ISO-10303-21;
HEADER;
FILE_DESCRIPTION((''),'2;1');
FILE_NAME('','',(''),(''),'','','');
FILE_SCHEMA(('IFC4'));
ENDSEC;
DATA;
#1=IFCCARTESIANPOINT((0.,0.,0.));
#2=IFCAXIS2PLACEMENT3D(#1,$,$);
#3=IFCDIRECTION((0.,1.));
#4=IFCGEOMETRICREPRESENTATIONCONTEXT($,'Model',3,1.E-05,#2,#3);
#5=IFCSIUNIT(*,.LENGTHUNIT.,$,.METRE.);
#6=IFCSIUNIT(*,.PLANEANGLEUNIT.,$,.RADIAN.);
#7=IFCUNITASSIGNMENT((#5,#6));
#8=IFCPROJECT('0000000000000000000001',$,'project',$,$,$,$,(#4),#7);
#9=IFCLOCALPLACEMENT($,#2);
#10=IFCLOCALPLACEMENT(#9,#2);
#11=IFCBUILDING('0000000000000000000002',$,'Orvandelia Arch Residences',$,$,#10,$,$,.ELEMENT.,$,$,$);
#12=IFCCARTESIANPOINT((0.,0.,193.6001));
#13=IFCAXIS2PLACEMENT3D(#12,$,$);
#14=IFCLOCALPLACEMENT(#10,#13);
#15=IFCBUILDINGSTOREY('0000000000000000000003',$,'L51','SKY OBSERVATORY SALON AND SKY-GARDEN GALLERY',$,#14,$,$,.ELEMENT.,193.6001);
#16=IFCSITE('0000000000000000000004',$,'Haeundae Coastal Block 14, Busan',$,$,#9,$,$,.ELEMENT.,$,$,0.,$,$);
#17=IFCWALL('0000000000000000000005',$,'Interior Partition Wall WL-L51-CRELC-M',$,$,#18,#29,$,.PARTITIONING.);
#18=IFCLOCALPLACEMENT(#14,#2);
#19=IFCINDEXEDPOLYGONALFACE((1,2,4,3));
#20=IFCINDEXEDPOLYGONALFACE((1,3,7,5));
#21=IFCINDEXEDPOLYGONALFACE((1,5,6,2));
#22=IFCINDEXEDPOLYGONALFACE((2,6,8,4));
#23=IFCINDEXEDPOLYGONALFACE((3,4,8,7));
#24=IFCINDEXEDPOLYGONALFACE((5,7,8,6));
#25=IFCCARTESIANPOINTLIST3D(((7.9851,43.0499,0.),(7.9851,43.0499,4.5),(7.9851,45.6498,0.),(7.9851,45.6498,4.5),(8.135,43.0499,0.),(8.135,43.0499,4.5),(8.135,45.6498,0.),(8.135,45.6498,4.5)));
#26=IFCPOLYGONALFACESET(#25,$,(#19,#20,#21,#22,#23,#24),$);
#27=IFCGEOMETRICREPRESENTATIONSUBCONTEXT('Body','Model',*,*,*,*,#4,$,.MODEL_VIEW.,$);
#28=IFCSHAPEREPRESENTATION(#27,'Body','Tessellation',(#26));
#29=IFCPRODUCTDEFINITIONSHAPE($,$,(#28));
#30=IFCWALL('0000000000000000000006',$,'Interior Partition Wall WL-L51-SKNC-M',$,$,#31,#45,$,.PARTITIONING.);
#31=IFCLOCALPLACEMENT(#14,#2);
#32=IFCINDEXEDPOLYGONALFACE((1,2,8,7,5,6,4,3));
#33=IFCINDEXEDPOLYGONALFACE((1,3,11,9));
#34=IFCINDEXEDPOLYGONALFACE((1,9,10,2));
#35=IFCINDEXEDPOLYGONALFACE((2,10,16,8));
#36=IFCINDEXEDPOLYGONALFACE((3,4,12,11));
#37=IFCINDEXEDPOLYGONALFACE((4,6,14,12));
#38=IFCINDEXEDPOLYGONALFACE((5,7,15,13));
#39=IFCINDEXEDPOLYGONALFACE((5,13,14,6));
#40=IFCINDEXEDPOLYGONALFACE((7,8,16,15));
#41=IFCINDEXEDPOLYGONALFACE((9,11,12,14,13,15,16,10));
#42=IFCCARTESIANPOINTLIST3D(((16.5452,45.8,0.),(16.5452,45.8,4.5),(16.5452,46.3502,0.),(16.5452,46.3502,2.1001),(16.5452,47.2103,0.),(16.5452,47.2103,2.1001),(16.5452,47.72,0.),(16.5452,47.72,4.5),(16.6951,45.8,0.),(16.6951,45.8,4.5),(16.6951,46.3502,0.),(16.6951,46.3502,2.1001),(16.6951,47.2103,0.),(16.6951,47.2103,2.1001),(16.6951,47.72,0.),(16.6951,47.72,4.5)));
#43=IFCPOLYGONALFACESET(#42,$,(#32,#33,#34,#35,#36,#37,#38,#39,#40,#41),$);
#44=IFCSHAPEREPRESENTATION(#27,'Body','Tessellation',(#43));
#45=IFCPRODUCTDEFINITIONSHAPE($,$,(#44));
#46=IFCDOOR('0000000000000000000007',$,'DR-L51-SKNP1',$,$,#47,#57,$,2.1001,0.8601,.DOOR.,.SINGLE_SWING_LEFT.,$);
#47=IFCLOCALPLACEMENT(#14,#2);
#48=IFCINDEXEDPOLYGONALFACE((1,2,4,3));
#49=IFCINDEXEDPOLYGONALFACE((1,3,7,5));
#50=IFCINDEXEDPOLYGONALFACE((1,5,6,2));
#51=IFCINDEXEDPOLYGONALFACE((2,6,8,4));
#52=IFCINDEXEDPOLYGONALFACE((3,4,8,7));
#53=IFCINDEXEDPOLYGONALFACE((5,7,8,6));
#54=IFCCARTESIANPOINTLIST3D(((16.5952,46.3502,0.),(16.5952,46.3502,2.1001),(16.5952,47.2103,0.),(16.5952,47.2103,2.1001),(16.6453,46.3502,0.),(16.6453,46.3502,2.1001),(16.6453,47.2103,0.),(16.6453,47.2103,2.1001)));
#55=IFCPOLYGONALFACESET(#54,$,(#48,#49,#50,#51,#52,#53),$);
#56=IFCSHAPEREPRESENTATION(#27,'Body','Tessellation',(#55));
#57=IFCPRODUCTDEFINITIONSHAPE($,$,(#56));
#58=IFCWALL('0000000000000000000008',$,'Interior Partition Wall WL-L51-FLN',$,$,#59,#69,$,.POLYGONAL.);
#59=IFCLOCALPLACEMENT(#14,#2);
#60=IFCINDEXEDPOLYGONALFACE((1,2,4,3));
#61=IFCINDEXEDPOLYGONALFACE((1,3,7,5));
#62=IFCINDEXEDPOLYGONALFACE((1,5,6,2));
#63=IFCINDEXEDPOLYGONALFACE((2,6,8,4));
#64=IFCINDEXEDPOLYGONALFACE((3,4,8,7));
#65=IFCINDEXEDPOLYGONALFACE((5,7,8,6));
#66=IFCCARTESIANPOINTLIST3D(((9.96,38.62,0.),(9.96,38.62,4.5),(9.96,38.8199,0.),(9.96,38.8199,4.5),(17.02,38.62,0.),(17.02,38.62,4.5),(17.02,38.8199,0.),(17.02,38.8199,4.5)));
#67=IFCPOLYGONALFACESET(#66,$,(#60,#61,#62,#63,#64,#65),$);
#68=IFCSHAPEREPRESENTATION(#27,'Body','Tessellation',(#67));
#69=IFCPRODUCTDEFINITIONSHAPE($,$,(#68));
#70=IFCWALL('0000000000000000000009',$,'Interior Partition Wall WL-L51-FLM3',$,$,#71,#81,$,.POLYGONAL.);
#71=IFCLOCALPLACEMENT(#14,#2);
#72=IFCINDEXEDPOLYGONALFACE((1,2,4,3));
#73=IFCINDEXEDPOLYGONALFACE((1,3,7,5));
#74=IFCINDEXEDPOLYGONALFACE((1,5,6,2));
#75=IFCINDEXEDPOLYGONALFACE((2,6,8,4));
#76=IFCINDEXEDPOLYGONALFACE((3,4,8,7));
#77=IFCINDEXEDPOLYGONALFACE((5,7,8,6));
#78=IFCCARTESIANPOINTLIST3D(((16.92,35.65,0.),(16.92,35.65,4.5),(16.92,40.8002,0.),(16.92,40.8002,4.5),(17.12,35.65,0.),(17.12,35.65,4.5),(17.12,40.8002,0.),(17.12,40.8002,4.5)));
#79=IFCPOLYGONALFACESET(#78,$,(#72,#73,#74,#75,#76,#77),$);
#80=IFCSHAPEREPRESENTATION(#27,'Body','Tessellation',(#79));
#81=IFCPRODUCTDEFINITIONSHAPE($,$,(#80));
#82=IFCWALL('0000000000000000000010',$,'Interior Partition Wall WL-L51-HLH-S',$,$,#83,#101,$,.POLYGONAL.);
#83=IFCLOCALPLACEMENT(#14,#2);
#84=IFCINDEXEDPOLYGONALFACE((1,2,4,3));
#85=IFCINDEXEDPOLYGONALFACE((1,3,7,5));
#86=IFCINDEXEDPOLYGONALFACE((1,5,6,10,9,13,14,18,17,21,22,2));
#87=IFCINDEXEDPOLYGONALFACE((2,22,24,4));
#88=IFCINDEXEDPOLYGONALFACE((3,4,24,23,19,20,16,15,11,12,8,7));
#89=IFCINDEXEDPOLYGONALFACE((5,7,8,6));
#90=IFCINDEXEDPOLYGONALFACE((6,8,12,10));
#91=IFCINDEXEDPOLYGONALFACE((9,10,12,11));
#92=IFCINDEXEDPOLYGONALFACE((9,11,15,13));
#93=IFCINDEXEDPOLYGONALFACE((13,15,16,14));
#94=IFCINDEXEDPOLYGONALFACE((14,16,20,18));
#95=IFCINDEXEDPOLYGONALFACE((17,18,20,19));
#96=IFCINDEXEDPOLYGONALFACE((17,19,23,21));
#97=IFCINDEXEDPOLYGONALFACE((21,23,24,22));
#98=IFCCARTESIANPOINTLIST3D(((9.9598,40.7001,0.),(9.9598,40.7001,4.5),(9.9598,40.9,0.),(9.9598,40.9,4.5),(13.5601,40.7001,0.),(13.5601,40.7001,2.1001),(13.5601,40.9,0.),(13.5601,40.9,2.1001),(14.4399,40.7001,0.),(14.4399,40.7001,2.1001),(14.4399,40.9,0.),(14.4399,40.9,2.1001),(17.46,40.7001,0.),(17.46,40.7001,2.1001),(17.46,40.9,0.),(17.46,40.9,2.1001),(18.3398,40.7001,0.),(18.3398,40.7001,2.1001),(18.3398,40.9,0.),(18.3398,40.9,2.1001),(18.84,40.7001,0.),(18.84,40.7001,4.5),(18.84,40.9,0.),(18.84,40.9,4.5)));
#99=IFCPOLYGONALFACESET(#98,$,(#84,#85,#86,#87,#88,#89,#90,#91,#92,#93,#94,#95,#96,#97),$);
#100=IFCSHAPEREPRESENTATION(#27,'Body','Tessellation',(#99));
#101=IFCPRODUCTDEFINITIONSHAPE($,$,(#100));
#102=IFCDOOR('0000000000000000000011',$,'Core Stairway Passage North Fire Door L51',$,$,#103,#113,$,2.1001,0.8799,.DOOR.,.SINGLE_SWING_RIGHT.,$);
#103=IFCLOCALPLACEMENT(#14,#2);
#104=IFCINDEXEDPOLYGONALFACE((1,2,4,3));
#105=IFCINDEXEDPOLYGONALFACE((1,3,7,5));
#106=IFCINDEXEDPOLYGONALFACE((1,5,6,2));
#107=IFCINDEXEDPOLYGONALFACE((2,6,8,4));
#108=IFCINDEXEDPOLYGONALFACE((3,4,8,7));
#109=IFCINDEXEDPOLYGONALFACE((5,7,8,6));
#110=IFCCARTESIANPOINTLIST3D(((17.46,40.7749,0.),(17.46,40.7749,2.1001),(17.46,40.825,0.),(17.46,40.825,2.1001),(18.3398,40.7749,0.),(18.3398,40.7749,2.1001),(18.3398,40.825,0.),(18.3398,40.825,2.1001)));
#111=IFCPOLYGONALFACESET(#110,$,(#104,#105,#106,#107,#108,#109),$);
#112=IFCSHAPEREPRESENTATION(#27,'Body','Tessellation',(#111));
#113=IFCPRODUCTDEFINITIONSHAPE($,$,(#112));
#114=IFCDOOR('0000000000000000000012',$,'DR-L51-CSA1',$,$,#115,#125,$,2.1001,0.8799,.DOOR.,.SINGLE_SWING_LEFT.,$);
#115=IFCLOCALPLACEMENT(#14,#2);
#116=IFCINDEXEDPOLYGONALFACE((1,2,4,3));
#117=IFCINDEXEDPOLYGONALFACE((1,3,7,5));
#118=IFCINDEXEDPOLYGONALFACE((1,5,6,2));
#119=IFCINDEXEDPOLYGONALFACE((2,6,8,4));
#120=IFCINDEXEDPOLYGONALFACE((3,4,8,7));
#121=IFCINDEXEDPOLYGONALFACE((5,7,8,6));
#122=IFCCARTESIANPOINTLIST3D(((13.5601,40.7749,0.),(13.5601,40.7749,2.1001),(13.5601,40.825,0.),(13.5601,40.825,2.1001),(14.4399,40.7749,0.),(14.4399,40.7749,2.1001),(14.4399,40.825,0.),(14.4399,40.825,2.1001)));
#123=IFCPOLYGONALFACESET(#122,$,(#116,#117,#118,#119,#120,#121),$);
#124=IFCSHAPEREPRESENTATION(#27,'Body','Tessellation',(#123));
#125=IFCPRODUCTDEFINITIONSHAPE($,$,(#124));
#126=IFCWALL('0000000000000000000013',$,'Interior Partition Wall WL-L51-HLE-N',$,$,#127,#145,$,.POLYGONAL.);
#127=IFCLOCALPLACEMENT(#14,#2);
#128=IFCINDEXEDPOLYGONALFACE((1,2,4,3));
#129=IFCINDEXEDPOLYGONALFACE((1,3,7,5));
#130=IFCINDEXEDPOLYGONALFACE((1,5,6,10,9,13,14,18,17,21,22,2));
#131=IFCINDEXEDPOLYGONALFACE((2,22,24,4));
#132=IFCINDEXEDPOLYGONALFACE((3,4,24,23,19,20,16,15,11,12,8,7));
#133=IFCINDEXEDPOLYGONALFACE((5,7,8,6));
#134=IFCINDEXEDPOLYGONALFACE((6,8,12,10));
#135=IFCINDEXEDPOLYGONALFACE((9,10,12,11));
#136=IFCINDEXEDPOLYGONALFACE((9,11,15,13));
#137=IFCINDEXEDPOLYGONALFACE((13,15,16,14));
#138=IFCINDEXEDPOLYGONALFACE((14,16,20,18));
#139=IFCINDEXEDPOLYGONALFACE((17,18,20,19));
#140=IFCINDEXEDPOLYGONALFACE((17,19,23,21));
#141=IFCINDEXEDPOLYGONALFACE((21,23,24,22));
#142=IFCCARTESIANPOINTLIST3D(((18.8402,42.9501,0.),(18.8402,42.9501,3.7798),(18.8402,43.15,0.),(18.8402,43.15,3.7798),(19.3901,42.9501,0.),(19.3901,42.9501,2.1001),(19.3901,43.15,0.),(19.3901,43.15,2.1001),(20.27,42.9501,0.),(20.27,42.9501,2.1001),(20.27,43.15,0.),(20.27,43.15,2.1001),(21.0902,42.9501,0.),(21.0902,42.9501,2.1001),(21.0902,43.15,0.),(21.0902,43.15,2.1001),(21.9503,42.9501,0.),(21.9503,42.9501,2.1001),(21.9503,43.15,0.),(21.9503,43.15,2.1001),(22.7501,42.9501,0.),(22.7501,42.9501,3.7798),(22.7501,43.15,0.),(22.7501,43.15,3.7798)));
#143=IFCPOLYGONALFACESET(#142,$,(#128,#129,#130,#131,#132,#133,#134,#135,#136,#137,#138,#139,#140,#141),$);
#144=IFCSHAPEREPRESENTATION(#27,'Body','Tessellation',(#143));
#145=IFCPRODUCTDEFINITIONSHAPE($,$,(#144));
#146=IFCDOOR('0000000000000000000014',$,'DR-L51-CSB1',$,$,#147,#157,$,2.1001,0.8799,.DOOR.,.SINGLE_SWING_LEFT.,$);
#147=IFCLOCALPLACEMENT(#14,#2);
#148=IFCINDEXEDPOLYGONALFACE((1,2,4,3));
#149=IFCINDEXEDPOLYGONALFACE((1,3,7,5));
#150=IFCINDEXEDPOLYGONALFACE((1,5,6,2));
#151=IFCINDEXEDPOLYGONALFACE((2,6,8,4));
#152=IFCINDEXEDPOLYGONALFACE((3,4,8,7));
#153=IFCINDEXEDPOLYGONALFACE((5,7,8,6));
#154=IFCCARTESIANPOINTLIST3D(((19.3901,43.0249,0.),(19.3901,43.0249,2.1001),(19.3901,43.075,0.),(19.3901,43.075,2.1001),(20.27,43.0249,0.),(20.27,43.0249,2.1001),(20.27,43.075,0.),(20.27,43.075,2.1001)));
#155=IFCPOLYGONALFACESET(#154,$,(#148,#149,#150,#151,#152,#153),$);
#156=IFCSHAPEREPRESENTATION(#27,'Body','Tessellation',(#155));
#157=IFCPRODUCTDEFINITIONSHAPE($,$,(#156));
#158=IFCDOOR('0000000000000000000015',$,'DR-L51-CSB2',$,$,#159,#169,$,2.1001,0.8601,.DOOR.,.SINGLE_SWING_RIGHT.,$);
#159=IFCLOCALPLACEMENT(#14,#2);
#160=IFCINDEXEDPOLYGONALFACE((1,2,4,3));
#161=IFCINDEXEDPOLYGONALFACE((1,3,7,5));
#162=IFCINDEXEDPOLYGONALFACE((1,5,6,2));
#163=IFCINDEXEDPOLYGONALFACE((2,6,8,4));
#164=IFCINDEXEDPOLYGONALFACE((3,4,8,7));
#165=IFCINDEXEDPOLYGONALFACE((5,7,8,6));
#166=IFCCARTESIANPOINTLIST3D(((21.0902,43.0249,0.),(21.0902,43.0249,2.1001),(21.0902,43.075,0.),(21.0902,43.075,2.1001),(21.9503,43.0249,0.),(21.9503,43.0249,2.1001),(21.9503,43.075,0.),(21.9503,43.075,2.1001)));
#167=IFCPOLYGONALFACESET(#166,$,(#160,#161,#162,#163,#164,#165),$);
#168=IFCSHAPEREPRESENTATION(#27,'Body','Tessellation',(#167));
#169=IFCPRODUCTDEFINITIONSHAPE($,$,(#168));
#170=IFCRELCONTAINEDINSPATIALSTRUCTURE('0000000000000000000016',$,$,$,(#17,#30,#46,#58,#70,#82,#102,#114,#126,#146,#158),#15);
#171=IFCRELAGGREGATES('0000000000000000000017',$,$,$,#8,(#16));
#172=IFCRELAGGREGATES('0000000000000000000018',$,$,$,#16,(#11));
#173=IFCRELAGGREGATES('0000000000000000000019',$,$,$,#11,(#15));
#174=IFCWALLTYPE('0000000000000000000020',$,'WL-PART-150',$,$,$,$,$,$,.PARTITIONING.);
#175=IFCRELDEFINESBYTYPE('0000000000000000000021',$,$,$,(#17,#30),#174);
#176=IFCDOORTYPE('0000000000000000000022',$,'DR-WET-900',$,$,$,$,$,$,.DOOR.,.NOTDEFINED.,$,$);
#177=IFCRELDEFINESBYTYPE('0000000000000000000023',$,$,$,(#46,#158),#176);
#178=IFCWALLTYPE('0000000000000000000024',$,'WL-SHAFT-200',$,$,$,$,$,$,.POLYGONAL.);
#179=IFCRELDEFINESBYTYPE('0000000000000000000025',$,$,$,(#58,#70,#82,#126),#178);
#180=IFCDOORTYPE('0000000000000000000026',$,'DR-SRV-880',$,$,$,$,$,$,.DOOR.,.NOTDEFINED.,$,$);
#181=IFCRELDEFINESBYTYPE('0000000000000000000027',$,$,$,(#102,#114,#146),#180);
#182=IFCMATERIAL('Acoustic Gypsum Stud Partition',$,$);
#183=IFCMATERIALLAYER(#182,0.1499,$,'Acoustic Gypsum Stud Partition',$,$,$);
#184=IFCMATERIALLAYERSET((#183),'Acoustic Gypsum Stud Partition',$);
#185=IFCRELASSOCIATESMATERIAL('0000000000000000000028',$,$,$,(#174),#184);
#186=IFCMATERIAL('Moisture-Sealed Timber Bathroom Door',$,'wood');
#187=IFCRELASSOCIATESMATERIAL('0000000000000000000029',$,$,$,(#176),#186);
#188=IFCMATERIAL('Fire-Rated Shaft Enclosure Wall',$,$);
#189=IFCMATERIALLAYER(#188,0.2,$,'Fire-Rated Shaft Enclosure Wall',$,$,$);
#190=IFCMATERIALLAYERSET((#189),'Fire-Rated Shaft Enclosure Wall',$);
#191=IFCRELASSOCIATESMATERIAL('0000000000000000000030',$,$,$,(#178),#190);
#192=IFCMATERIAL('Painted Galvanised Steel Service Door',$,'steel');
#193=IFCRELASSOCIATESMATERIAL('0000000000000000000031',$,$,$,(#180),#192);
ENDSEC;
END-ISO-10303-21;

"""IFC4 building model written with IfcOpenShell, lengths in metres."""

from ifc_helpers import new_model, si_unit, direction, frame, frame_2d, origin, place, context, subcontext, project, spatial, rectangle, extrude, material, layer, layer_set, type_object, element, fill, save


model = new_model("IFC4")

# Units and contexts
model_context = context("Model", 3, precision=1e-05, world=origin(), true_north=direction((0.0, 1.0)))
body_context = subcontext(model_context, "Body", "Model", "MODEL_VIEW")
ifc_project = project(units=[si_unit("LENGTHUNIT", "METRE"), si_unit("PLANEANGLEUNIT", "RADIAN")], contexts=[model_context])

# Site, building, storey
site_placement = place(None, origin())
site = spatial("IfcSite", under=ifc_project, at=site_placement, Name="Haeundae Coastal Block 14, Busan", CompositionType="ELEMENT", RefElevation=0.0)
building_placement = place(site_placement, origin())
building = spatial("IfcBuilding", under=site, at=building_placement, Name="Orvandelia Arch Residences", CompositionType="ELEMENT")
storey_placement = place(building_placement, frame((0.0, 0.0, 193.6001)))
storey = spatial("IfcBuildingStorey", under=building, at=storey_placement, Name="L51", Description="SKY OBSERVATORY SALON AND SKY-GARDEN GALLERY", CompositionType="ELEMENT", Elevation=193.6001)

# Wall
ifc_material_1 = material(Name="Acoustic Gypsum Stud Partition")
ifc_layer_1 = layer(ifc_material_1, 0.1499, Name="Acoustic Gypsum Stud Partition")
ifc_layer_set_1 = layer_set([ifc_layer_1], Name="Acoustic Gypsum Stud Partition")
wall_type_1 = type_object("IfcWallType", Name="WL-PART-150", PredefinedType="PARTITIONING", material=ifc_layer_set_1)
wall_1_placement = place(storey_placement, frame((8.0601, 43.05, 0.0), z_axis=(0.0, 0.0, 1.0), x_axis=(0.0, 1.0, 0.0)))
element("IfcWall", 1, at=wall_1_placement, inside=storey, type_object=wall_type_1, Name="Interior Partition Wall WL-L51-CRELC-M", PredefinedType="PARTITIONING", context=body_context, shape_type="SweptSolid", body=[
    extrude(rectangle(XDim=2.5999, YDim=0.1499, at=frame_2d((1.2998, 0.0))), origin(), (0.0, 0.0, 1.0), 4.5),
])

# Wall, opening, door
wall_2_placement = place(storey_placement, frame((16.6201, 45.8, 0.0), z_axis=(0.0, 0.0, 1.0), x_axis=(0.0, 1.0, 0.0)))
wall_2 = element("IfcWall", 2, at=wall_2_placement, inside=storey, type_object=wall_type_1, Name="Interior Partition Wall WL-L51-SKNC-M", PredefinedType="PARTITIONING", context=body_context, shape_type="SweptSolid", body=[
    extrude(rectangle(XDim=1.9199, YDim=0.1499, at=frame_2d((0.96, 0.0))), origin(), (0.0, 0.0, 1.0), 4.5),
])
opening_1_placement = place(wall_2_placement, frame((0.55, 0.0, 0.0)))
opening_1 = element("IfcOpeningElement", 3, at=opening_1_placement, cuts=wall_2, PredefinedType="OPENING", context=body_context, shape_type="SweptSolid", body=[
    extrude(rectangle(XDim=0.8601, YDim=2.1001, at=frame_2d((0.4302, 1.05))), frame((0.0, 0.085, 0.0), z_axis=(0.0, -1.0, 0.0), x_axis=(1.0, 0.0, 0.0)), (0.0, 0.0, 1.0), 0.1699),
])
ifc_material_2 = material(Name="Moisture-Sealed Timber Bathroom Door", Category="wood")
door_type_1 = type_object("IfcDoorType", Name="DR-WET-900", OperationType="NOTDEFINED", PredefinedType="DOOR", material=ifc_material_2)
door_1_placement = place(opening_1_placement, origin())
door_1 = element("IfcDoor", 4, at=door_1_placement, inside=storey, type_object=door_type_1, Name="DR-L51-SKNP1", OperationType="SINGLE_SWING_LEFT", OverallHeight=2.1001, OverallWidth=0.8601, PredefinedType="DOOR", context=body_context, shape_type="SweptSolid", body=[
    extrude(rectangle(XDim=0.8601, YDim=2.1001, at=frame_2d((0.4302, 1.05))), frame((0.0, 0.0249, 0.0), z_axis=(0.0, -1.0, 0.0), x_axis=(1.0, 0.0, 0.0)), (0.0, 0.0, 1.0), 0.05),
])
fill(opening_1, door_1)

# Walls
ifc_material_3 = material(Name="Fire-Rated Shaft Enclosure Wall")
ifc_layer_2 = layer(ifc_material_3, 0.2, Name="Fire-Rated Shaft Enclosure Wall")
ifc_layer_set_2 = layer_set([ifc_layer_2], Name="Fire-Rated Shaft Enclosure Wall")
wall_type_2 = type_object("IfcWallType", Name="WL-SHAFT-200", PredefinedType="POLYGONAL", material=ifc_layer_set_2)
wall_3_placement = place(storey_placement, frame((9.96, 38.72, 0.0), z_axis=(0.0, 0.0, 1.0), x_axis=(1.0, 0.0, 0.0)))
element("IfcWall", 5, at=wall_3_placement, inside=storey, type_object=wall_type_2, Name="Interior Partition Wall WL-L51-FLN", PredefinedType="POLYGONAL", context=body_context, shape_type="SweptSolid", body=[
    extrude(rectangle(XDim=7.0601, YDim=0.2, at=frame_2d((3.53, 0.0))), origin(), (0.0, 0.0, 1.0), 4.5),
])
wall_4_placement = place(storey_placement, frame((17.02, 35.6499, 0.0), z_axis=(0.0, 0.0, 1.0), x_axis=(0.0, 1.0, 0.0)))
element("IfcWall", 6, at=wall_4_placement, inside=storey, type_object=wall_type_2, Name="Interior Partition Wall WL-L51-FLM3", PredefinedType="POLYGONAL", context=body_context, shape_type="SweptSolid", body=[
    extrude(rectangle(XDim=5.1501, YDim=0.2, at=frame_2d((2.5752, 0.0))), origin(), (0.0, 0.0, 1.0), 4.5),
])

# Walls, openings, doors
wall_5_placement = place(storey_placement, frame((9.96, 40.8, 0.0), z_axis=(0.0, 0.0, 1.0), x_axis=(1.0, 0.0, 0.0)))
wall_5 = element("IfcWall", 7, at=wall_5_placement, inside=storey, type_object=wall_type_2, Name="Interior Partition Wall WL-L51-HLH-S", PredefinedType="POLYGONAL", context=body_context, shape_type="SweptSolid", body=[
    extrude(rectangle(XDim=8.8801, YDim=0.2, at=frame_2d((4.4399, 0.0))), origin(), (0.0, 0.0, 1.0), 4.5),
])
opening_2_placement = place(wall_5_placement, frame((7.5, 0.0, 0.0)))
opening_2 = element("IfcOpeningElement", 8, at=opening_2_placement, cuts=wall_5, PredefinedType="OPENING", context=body_context, shape_type="SweptSolid", body=[
    extrude(rectangle(XDim=0.8799, YDim=2.1001, at=frame_2d((0.4399, 1.05))), frame((0.0, 0.1099, 0.0), z_axis=(0.0, -1.0, 0.0), x_axis=(1.0, 0.0, 0.0)), (0.0, 0.0, 1.0), 0.22),
])
opening_3_placement = place(wall_5_placement, frame((3.6001, 0.0, 0.0)))
opening_3 = element("IfcOpeningElement", 9, at=opening_3_placement, cuts=wall_5, PredefinedType="OPENING", context=body_context, shape_type="SweptSolid", body=[
    extrude(rectangle(XDim=0.8799, YDim=2.1001, at=frame_2d((0.4399, 1.05))), frame((0.0, 0.1099, 0.0), z_axis=(0.0, -1.0, 0.0), x_axis=(1.0, 0.0, 0.0)), (0.0, 0.0, 1.0), 0.22),
])
ifc_material_4 = material(Name="Painted Galvanised Steel Service Door", Category="steel")
door_type_2 = type_object("IfcDoorType", Name="DR-SRV-880", OperationType="NOTDEFINED", PredefinedType="DOOR", material=ifc_material_4)
door_2_placement = place(opening_2_placement, origin())
door_2 = element("IfcDoor", 10, at=door_2_placement, inside=storey, type_object=door_type_2, Name="Core Stairway Passage North Fire Door L51", OperationType="SINGLE_SWING_RIGHT", OverallHeight=2.1001, OverallWidth=0.8799, PredefinedType="DOOR", context=body_context, shape_type="SweptSolid", body=[
    extrude(rectangle(XDim=0.8799, YDim=2.1001, at=frame_2d((0.4399, 1.05))), frame((0.0, 0.0249, 0.0), z_axis=(0.0, -1.0, 0.0), x_axis=(1.0, 0.0, 0.0)), (0.0, 0.0, 1.0), 0.05),
])
fill(opening_2, door_2)
door_3_placement = place(opening_3_placement, origin())
door_3 = element("IfcDoor", 11, at=door_3_placement, inside=storey, type_object=door_type_2, Name="DR-L51-CSA1", OperationType="SINGLE_SWING_LEFT", OverallHeight=2.1001, OverallWidth=0.8799, PredefinedType="DOOR", context=body_context, shape_type="SweptSolid", body=[
    extrude(rectangle(XDim=0.8799, YDim=2.1001, at=frame_2d((0.4399, 1.05))), frame((0.0, 0.0249, 0.0), z_axis=(0.0, -1.0, 0.0), x_axis=(1.0, 0.0, 0.0)), (0.0, 0.0, 1.0), 0.05),
])
fill(opening_3, door_3)
wall_6_placement = place(storey_placement, frame((18.8401, 43.05, 0.0), z_axis=(0.0, 0.0, 1.0), x_axis=(1.0, 0.0, 0.0)))
wall_6 = element("IfcWall", 12, at=wall_6_placement, inside=storey, type_object=wall_type_2, Name="Interior Partition Wall WL-L51-HLE-N", PredefinedType="POLYGONAL", context=body_context, shape_type="SweptSolid", body=[
    extrude(rectangle(XDim=3.9099, YDim=0.2, at=frame_2d((1.9551, 0.0))), origin(), (0.0, 0.0, 1.0), 3.7798),
])
opening_4_placement = place(wall_6_placement, frame((0.55, 0.0, 0.0)))
opening_4 = element("IfcOpeningElement", 13, at=opening_4_placement, cuts=wall_6, PredefinedType="OPENING", context=body_context, shape_type="SweptSolid", body=[
    extrude(rectangle(XDim=0.8799, YDim=2.1001, at=frame_2d((0.4399, 1.05))), frame((0.0, 0.1099, 0.0), z_axis=(0.0, -1.0, 0.0), x_axis=(1.0, 0.0, 0.0)), (0.0, 0.0, 1.0), 0.22),
])
opening_5_placement = place(wall_6_placement, frame((2.25, 0.0, 0.0)))
opening_5 = element("IfcOpeningElement", 14, at=opening_5_placement, cuts=wall_6, PredefinedType="OPENING", context=body_context, shape_type="SweptSolid", body=[
    extrude(rectangle(XDim=0.8601, YDim=2.1001, at=frame_2d((0.4302, 1.05))), frame((0.0, 0.1099, 0.0), z_axis=(0.0, -1.0, 0.0), x_axis=(1.0, 0.0, 0.0)), (0.0, 0.0, 1.0), 0.22),
])
door_4_placement = place(opening_4_placement, origin())
door_4 = element("IfcDoor", 15, at=door_4_placement, inside=storey, type_object=door_type_2, Name="DR-L51-CSB1", OperationType="SINGLE_SWING_LEFT", OverallHeight=2.1001, OverallWidth=0.8799, PredefinedType="DOOR", context=body_context, shape_type="SweptSolid", body=[
    extrude(rectangle(XDim=0.8799, YDim=2.1001, at=frame_2d((0.4399, 1.05))), frame((0.0, 0.0249, 0.0), z_axis=(0.0, -1.0, 0.0), x_axis=(1.0, 0.0, 0.0)), (0.0, 0.0, 1.0), 0.05),
])
fill(opening_4, door_4)
door_5_placement = place(opening_5_placement, origin())
door_5 = element("IfcDoor", 16, at=door_5_placement, inside=storey, type_object=door_type_1, Name="DR-L51-CSB2", OperationType="SINGLE_SWING_RIGHT", OverallHeight=2.1001, OverallWidth=0.8601, PredefinedType="DOOR", context=body_context, shape_type="SweptSolid", body=[
    extrude(rectangle(XDim=0.8601, YDim=2.1001, at=frame_2d((0.4302, 1.05))), frame((0.0, 0.0249, 0.0), z_axis=(0.0, -1.0, 0.0), x_axis=(1.0, 0.0, 0.0)), (0.0, 0.0, 1.0), 0.05),
])
fill(opening_5, door_5)

save(model, "model.ifc")
